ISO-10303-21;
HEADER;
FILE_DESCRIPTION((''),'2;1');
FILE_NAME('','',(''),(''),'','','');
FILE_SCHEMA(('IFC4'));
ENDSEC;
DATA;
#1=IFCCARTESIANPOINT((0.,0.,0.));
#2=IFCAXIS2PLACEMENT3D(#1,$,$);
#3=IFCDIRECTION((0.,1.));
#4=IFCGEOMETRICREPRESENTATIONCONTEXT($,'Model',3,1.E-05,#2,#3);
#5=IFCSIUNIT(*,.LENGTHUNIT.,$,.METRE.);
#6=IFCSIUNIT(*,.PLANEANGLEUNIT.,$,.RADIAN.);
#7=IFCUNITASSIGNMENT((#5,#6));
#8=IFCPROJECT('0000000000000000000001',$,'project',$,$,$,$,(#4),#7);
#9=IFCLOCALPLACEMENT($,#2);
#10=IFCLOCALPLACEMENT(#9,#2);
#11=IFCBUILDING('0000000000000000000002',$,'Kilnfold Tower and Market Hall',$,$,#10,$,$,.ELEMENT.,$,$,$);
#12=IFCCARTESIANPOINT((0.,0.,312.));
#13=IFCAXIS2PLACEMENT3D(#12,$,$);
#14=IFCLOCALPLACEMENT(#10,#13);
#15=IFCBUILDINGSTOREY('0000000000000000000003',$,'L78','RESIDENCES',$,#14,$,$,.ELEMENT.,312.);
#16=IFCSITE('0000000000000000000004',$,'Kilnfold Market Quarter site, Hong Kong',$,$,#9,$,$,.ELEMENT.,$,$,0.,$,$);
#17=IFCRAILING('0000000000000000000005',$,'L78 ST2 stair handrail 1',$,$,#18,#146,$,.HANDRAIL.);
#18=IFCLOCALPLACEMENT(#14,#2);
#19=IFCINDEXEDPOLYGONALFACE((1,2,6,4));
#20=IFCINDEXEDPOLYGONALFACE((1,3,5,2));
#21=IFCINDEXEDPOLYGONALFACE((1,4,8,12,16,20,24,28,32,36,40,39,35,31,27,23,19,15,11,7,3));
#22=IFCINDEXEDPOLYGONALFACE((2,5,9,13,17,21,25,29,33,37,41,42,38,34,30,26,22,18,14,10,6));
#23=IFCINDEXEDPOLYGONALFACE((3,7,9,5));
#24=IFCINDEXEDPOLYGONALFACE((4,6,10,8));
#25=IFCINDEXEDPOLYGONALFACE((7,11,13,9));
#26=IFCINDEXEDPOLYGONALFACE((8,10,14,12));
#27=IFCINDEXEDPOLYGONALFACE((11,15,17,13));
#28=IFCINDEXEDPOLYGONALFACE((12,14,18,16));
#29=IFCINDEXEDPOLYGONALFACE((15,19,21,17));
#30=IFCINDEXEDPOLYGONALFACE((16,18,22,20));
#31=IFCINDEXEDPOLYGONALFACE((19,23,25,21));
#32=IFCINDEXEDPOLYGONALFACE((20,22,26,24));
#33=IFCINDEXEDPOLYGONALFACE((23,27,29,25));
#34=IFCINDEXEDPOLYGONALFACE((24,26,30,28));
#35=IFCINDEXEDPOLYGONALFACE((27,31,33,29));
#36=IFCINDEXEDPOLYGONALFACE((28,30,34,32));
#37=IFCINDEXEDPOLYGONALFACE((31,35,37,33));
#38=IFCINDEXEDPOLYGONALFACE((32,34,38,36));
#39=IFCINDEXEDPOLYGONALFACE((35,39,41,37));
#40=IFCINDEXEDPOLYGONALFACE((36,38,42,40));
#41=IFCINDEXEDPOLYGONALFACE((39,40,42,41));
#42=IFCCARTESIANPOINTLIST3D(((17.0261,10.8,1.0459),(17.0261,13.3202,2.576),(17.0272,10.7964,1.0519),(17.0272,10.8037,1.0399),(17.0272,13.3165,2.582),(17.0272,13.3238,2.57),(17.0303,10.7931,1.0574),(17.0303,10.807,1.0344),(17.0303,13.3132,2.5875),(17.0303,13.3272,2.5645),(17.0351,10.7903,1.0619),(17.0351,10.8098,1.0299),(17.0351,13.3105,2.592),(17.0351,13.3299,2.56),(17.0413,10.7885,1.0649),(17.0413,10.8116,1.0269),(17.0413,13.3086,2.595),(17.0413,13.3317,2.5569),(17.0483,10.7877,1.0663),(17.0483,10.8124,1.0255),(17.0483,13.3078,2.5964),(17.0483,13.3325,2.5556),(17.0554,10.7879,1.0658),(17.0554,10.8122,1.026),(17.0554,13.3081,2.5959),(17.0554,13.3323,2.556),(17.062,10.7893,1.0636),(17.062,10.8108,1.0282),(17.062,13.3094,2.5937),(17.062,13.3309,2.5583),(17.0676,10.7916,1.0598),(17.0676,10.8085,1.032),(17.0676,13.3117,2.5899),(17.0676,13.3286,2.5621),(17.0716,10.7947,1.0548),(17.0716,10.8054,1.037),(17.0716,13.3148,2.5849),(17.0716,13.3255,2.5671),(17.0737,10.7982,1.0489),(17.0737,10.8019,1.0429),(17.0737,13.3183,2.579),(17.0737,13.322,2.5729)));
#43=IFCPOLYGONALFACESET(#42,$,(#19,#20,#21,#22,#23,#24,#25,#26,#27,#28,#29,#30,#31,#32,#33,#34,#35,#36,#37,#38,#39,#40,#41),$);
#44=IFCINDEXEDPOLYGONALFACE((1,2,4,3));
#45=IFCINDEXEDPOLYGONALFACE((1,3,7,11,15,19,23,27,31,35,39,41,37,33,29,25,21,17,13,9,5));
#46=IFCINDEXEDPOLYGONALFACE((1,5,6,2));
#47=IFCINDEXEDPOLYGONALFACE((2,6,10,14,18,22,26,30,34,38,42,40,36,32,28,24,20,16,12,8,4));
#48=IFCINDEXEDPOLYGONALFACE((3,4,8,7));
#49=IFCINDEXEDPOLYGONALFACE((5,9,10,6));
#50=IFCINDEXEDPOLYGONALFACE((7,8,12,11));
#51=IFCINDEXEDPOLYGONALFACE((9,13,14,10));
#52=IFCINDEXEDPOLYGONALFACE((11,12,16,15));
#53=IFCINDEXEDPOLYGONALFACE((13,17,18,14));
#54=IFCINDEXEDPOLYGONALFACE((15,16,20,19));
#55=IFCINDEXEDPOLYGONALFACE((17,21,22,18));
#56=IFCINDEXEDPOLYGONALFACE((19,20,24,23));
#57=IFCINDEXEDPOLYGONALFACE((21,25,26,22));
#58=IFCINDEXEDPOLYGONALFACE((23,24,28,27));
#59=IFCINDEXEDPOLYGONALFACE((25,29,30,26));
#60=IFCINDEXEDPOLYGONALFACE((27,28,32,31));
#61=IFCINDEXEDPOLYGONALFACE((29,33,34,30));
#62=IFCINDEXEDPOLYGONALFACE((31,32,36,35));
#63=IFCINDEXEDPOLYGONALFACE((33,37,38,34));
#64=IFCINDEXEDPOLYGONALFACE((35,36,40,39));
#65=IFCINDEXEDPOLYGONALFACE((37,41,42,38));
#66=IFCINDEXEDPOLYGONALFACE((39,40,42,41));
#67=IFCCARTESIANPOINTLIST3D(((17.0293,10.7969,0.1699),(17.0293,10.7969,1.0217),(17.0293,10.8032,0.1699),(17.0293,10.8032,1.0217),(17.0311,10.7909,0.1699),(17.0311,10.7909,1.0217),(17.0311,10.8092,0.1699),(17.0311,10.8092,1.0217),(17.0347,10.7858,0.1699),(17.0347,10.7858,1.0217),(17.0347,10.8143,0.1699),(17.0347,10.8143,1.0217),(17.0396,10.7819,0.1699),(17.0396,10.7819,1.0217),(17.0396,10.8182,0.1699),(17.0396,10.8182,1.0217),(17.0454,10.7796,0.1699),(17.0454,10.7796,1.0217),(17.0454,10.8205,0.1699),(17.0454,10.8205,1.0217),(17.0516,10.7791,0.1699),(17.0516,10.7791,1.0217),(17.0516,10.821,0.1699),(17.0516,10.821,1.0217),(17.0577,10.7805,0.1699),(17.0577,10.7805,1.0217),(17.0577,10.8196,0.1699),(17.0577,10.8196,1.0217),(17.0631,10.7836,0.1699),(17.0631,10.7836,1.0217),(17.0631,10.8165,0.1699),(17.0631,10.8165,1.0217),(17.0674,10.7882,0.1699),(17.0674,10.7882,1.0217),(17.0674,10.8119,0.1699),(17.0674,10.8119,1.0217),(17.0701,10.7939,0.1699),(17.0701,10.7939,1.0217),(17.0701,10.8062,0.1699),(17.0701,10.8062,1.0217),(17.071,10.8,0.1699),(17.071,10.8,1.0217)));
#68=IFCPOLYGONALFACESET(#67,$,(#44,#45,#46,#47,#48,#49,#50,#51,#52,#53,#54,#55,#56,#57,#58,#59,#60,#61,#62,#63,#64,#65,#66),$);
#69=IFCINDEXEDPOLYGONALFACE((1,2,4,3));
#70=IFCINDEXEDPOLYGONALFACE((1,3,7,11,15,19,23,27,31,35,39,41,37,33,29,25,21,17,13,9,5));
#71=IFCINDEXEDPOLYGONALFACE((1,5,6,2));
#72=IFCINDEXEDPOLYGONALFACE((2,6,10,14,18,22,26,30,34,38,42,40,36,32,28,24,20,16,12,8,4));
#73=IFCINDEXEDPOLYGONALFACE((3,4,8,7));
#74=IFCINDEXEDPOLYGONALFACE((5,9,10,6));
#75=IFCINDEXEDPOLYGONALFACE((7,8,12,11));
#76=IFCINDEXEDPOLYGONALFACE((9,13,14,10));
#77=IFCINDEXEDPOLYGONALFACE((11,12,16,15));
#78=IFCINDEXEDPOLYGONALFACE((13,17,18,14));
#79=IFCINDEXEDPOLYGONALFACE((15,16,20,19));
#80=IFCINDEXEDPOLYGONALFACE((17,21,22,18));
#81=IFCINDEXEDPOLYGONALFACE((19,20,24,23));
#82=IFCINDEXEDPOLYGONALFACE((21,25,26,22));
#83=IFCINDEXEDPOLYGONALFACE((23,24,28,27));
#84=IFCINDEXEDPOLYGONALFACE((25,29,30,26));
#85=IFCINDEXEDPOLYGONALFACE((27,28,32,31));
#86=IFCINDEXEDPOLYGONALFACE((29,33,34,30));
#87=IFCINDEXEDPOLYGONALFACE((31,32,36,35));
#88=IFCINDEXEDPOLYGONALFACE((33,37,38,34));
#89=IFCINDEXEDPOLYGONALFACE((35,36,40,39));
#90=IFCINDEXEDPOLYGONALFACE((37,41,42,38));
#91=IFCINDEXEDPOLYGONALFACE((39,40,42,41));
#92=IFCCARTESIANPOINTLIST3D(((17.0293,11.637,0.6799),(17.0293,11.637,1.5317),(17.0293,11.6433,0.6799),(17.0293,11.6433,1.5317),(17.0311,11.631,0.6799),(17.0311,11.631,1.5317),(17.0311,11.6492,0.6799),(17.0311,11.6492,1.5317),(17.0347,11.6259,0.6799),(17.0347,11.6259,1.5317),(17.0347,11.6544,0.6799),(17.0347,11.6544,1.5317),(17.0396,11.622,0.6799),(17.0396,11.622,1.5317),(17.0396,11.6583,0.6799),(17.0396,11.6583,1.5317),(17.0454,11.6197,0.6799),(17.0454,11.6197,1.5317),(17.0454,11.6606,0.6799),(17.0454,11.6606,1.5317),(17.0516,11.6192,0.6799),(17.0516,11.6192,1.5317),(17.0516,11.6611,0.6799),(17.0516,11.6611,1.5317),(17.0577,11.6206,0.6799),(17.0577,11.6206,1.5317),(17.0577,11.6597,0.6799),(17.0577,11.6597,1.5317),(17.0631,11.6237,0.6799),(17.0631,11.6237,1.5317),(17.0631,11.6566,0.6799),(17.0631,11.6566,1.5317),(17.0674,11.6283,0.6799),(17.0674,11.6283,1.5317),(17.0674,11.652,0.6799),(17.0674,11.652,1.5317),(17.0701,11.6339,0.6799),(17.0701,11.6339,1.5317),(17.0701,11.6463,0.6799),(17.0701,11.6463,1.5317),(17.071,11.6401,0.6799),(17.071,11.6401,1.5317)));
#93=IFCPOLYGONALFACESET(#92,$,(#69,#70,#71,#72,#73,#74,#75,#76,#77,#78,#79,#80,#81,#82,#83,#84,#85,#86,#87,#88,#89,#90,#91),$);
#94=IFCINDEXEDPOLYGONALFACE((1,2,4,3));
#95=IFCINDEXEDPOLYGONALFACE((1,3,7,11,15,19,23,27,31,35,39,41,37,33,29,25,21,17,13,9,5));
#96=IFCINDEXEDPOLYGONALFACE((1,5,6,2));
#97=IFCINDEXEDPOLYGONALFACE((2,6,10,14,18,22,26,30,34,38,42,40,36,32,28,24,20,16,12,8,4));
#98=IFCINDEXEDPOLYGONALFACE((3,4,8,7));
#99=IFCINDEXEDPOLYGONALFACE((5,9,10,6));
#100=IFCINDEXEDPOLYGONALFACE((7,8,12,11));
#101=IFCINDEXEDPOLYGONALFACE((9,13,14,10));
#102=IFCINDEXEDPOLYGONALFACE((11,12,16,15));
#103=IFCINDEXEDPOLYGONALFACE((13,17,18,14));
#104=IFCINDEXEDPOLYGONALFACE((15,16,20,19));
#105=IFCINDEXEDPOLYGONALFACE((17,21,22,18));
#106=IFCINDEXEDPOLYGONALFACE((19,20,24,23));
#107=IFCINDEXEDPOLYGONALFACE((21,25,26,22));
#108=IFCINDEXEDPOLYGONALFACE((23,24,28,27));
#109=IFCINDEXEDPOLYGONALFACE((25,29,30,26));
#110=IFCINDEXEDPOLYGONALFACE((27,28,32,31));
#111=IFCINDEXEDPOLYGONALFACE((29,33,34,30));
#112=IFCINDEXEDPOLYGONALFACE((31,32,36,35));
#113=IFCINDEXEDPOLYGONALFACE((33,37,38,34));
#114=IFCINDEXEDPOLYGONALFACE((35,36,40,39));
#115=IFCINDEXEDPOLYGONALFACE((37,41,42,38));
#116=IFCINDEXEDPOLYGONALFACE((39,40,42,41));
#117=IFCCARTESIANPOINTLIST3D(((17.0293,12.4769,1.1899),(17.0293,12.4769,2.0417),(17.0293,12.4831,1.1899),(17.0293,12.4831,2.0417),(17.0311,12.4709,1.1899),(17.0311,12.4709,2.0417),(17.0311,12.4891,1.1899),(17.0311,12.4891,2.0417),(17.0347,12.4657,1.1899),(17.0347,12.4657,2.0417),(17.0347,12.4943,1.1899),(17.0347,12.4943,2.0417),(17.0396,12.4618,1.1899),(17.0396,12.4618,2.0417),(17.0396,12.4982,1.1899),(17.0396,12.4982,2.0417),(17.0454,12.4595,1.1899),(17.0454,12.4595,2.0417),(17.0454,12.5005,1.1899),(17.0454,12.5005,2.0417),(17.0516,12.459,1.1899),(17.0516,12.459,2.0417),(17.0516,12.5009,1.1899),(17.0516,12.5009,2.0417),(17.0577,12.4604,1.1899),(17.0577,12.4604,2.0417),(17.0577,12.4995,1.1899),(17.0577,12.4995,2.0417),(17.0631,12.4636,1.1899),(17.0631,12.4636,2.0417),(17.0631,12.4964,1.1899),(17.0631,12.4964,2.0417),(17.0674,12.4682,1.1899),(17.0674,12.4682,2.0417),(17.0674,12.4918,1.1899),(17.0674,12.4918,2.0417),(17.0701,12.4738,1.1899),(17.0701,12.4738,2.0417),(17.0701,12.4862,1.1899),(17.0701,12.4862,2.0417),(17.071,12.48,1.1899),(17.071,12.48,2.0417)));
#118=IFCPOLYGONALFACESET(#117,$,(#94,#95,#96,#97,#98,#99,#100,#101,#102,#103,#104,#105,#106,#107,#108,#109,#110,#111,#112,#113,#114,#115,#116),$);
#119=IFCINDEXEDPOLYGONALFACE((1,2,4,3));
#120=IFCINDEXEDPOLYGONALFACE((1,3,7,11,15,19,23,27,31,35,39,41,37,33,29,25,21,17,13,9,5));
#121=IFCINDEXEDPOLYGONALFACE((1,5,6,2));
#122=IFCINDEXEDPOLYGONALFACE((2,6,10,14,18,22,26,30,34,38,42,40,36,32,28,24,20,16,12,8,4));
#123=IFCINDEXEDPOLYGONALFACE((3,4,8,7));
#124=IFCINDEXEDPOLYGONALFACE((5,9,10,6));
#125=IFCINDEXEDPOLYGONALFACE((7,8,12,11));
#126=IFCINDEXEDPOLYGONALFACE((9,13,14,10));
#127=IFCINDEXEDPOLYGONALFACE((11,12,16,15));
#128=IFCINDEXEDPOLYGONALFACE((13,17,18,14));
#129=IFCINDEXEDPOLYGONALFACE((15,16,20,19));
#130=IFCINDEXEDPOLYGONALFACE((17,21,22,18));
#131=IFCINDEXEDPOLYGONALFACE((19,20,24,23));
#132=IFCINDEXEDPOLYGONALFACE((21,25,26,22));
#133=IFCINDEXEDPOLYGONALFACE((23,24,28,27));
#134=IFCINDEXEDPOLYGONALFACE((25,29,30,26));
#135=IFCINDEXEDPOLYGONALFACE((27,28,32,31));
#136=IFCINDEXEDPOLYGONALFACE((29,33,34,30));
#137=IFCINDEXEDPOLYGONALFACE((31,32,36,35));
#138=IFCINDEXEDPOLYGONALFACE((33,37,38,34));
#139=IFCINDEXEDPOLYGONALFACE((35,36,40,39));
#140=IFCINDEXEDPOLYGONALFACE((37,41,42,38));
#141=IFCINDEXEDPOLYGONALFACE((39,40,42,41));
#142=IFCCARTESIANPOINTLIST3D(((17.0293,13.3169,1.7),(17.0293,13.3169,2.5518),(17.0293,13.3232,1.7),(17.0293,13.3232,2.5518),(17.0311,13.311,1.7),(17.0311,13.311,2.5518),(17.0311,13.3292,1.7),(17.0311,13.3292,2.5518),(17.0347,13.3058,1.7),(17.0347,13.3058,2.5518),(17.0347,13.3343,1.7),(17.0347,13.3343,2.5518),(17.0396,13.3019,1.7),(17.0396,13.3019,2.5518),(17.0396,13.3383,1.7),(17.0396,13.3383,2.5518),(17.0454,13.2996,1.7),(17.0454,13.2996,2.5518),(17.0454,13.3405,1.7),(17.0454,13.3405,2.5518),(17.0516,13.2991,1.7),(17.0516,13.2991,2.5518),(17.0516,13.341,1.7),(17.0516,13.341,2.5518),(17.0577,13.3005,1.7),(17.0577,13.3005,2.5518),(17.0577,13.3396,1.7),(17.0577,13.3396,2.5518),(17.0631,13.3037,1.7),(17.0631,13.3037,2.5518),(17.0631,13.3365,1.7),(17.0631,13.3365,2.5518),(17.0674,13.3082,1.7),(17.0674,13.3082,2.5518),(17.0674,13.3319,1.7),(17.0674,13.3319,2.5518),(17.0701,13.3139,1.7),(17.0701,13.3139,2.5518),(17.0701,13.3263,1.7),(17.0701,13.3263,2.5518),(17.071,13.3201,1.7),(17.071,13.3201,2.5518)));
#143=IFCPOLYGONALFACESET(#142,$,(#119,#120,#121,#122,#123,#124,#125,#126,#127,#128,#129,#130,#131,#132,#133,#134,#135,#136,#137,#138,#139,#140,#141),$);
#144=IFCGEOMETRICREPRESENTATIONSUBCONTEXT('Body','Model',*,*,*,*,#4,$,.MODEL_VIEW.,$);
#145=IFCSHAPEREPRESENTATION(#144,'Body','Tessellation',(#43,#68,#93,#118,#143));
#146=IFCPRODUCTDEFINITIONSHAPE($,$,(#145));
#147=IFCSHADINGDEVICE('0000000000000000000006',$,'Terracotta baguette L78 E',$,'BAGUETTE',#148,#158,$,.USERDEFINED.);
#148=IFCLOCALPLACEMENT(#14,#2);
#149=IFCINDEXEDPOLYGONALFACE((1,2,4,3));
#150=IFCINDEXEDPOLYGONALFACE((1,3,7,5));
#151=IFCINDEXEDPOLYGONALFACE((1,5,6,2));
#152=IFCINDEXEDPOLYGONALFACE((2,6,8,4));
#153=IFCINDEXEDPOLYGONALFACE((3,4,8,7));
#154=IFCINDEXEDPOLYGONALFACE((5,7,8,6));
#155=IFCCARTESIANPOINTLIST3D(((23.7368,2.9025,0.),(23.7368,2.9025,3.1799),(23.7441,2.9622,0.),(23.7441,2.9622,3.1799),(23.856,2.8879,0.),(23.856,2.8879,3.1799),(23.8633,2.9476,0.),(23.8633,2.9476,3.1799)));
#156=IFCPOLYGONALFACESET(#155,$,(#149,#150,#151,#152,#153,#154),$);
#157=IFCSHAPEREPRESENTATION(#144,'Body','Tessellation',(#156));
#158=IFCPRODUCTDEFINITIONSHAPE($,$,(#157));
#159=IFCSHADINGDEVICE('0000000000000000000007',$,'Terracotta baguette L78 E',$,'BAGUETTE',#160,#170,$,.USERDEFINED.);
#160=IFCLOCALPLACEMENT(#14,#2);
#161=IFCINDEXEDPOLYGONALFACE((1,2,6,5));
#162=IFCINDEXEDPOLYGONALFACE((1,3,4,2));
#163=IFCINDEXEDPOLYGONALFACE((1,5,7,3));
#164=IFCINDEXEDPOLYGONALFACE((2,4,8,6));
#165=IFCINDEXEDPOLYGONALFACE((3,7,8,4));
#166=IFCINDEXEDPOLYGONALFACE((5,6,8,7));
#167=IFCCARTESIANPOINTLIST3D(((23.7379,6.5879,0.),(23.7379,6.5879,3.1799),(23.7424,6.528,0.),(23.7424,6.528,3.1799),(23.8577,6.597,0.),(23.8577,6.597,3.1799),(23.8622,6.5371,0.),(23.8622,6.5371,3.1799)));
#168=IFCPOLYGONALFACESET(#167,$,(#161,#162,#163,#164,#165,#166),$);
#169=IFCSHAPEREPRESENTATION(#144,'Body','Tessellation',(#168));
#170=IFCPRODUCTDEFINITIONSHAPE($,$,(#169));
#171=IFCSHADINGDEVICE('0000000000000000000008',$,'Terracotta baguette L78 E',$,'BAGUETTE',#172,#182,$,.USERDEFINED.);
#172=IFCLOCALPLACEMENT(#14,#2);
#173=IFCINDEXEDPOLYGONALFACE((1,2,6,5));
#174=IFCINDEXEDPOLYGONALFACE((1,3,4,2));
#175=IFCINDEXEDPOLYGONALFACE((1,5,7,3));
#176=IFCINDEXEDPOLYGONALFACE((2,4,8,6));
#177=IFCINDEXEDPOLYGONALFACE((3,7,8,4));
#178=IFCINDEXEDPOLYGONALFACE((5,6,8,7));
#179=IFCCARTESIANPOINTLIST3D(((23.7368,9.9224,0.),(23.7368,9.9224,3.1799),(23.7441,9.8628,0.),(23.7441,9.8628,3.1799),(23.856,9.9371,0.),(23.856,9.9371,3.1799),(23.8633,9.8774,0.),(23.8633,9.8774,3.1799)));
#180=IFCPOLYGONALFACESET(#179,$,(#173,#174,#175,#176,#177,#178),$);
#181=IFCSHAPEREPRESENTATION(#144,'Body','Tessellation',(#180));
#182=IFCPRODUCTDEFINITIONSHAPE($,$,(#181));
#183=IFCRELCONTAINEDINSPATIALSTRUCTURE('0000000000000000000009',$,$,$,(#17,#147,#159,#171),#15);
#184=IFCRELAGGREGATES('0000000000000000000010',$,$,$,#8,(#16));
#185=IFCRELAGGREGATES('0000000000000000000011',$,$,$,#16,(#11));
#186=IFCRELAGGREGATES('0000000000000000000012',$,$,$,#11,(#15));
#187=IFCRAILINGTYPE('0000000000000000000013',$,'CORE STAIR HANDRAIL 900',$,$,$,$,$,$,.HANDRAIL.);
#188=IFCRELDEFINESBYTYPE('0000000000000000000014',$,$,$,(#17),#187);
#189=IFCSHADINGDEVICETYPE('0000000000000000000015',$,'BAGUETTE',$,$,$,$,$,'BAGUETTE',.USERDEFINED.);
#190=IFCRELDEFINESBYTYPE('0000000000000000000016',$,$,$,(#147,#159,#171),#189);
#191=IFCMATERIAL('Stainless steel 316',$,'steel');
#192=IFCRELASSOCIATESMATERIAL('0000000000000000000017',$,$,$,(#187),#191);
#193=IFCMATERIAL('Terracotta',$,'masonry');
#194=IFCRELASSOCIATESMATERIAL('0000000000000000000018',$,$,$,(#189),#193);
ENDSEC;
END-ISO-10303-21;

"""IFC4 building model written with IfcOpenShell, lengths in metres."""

from ifc_helpers import new_model, si_unit, direction, frame, origin, origin_2d, place, context, subcontext, project, spatial, rectangle, circle, extrude, source, transform, mapped, material, material_profile, profile_set, type_object, element, save


model = new_model("IFC4")

# Units and contexts
model_context = context("Model", 3, precision=1e-05, world=origin(), true_north=direction((0.0, 1.0)))
body_context = subcontext(model_context, "Body", "Model", "MODEL_VIEW")
ifc_project = project(units=[si_unit("LENGTHUNIT", "METRE"), si_unit("PLANEANGLEUNIT", "RADIAN")], contexts=[model_context])

# Site, building, storey
site_placement = place(None, origin())
site = spatial("IfcSite", under=ifc_project, at=site_placement, Name="Kilnfold Market Quarter site, Hong Kong", CompositionType="ELEMENT", RefElevation=0.0)
building_placement = place(site_placement, origin())
building = spatial("IfcBuilding", under=site, at=building_placement, Name="Kilnfold Tower and Market Hall", CompositionType="ELEMENT")
storey_placement = place(building_placement, frame((0.0, 0.0, 312.0)))
storey = spatial("IfcBuildingStorey", under=building, at=storey_placement, Name="L78", Description="RESIDENCES", CompositionType="ELEMENT", Elevation=312.0)

# Railing
ifc_material_1 = material(Name="Stainless steel 316", Category="steel")
railing_type_1 = type_object("IfcRailingType", Name="CORE STAIR HANDRAIL 900", PredefinedType="HANDRAIL", material=ifc_material_1)
railing_1_placement = place(storey_placement, frame((17.05, 10.8, 0.1699)))
element("IfcRailing", 1, at=railing_1_placement, inside=storey, type_object=railing_type_1, Name="L78 ST2 stair handrail 1", PredefinedType="HANDRAIL", context=body_context, shape_type="SweptSolid", body=[
    extrude(circle(Radius=0.0239, at=origin_2d()), frame((0.0, 0.0, 0.876), z_axis=(0.0, 0.854785, 0.518982), x_axis=(-1.0, 0.0, 0.0)), (0.0, 0.0, 1.0), 2.9482),
    extrude(circle(Radius=0.021, at=origin_2d()), origin(), (0.0, 0.0, 1.0), 0.8518),
    extrude(circle(Radius=0.021, at=origin_2d()), frame((0.0, 0.8401, 0.51)), (0.0, 0.0, 1.0), 0.8518),
    extrude(circle(Radius=0.021, at=origin_2d()), frame((0.0, 1.6799, 1.02)), (0.0, 0.0, 1.0), 0.8518),
    extrude(circle(Radius=0.021, at=origin_2d()), frame((0.0, 2.52, 1.53)), (0.0, 0.0, 1.0), 0.8518),
])

# Shading devices
ifc_material_2 = material(Name="Terracotta", Category="masonry")
ifc_material_profile_1 = material_profile(ifc_material_2, rectangle(XDim=0.0601, YDim=0.1201, at=origin_2d()), Name="BAG 60x120")
ifc_profile_set_1 = profile_set([ifc_material_profile_1], Name="Terracotta")
shading_device_type = type_object("IfcShadingDeviceType", Name="BAGUETTE", ElementType="BAGUETTE", PredefinedType="USERDEFINED", material=ifc_profile_set_1)
shared_shape_1 = source(origin(), body_context, "Body", "SweptSolid", [
    extrude(rectangle(XDim=0.0601, YDim=0.1201, at=origin_2d()), origin(), (0.0, 0.0, 1.0), 3.1799),
])
for number, where, z_axis, x_axis, name in (
    (2, (23.8, 2.925, 0.0), (0.0, 0.0, 1.0), (0.121606, 0.992578, 0.0), "Terracotta baguette L78 E"),
    (3, (23.8, 6.5625, 0.0), (0.0, 0.0, 1.0), (-0.075391, 0.997154, 0.0), "Terracotta baguette L78 E"),
    (4, (23.8, 9.8999, 0.0), (0.0, 0.0, 1.0), (-0.122356, 0.992486, 0.0), "Terracotta baguette L78 E"),
):
    element("IfcShadingDevice", number, at=place(storey_placement, frame(where, z_axis=z_axis, x_axis=x_axis)), inside=storey, type_object=shading_device_type, Name=name, ObjectType="BAGUETTE", PredefinedType="USERDEFINED", context=body_context, shape_type="MappedRepresentation", body=[
        mapped(shared_shape_1, transform((0.0, 0.0, 0.0))),
    ])

save(model, "model.ifc")
